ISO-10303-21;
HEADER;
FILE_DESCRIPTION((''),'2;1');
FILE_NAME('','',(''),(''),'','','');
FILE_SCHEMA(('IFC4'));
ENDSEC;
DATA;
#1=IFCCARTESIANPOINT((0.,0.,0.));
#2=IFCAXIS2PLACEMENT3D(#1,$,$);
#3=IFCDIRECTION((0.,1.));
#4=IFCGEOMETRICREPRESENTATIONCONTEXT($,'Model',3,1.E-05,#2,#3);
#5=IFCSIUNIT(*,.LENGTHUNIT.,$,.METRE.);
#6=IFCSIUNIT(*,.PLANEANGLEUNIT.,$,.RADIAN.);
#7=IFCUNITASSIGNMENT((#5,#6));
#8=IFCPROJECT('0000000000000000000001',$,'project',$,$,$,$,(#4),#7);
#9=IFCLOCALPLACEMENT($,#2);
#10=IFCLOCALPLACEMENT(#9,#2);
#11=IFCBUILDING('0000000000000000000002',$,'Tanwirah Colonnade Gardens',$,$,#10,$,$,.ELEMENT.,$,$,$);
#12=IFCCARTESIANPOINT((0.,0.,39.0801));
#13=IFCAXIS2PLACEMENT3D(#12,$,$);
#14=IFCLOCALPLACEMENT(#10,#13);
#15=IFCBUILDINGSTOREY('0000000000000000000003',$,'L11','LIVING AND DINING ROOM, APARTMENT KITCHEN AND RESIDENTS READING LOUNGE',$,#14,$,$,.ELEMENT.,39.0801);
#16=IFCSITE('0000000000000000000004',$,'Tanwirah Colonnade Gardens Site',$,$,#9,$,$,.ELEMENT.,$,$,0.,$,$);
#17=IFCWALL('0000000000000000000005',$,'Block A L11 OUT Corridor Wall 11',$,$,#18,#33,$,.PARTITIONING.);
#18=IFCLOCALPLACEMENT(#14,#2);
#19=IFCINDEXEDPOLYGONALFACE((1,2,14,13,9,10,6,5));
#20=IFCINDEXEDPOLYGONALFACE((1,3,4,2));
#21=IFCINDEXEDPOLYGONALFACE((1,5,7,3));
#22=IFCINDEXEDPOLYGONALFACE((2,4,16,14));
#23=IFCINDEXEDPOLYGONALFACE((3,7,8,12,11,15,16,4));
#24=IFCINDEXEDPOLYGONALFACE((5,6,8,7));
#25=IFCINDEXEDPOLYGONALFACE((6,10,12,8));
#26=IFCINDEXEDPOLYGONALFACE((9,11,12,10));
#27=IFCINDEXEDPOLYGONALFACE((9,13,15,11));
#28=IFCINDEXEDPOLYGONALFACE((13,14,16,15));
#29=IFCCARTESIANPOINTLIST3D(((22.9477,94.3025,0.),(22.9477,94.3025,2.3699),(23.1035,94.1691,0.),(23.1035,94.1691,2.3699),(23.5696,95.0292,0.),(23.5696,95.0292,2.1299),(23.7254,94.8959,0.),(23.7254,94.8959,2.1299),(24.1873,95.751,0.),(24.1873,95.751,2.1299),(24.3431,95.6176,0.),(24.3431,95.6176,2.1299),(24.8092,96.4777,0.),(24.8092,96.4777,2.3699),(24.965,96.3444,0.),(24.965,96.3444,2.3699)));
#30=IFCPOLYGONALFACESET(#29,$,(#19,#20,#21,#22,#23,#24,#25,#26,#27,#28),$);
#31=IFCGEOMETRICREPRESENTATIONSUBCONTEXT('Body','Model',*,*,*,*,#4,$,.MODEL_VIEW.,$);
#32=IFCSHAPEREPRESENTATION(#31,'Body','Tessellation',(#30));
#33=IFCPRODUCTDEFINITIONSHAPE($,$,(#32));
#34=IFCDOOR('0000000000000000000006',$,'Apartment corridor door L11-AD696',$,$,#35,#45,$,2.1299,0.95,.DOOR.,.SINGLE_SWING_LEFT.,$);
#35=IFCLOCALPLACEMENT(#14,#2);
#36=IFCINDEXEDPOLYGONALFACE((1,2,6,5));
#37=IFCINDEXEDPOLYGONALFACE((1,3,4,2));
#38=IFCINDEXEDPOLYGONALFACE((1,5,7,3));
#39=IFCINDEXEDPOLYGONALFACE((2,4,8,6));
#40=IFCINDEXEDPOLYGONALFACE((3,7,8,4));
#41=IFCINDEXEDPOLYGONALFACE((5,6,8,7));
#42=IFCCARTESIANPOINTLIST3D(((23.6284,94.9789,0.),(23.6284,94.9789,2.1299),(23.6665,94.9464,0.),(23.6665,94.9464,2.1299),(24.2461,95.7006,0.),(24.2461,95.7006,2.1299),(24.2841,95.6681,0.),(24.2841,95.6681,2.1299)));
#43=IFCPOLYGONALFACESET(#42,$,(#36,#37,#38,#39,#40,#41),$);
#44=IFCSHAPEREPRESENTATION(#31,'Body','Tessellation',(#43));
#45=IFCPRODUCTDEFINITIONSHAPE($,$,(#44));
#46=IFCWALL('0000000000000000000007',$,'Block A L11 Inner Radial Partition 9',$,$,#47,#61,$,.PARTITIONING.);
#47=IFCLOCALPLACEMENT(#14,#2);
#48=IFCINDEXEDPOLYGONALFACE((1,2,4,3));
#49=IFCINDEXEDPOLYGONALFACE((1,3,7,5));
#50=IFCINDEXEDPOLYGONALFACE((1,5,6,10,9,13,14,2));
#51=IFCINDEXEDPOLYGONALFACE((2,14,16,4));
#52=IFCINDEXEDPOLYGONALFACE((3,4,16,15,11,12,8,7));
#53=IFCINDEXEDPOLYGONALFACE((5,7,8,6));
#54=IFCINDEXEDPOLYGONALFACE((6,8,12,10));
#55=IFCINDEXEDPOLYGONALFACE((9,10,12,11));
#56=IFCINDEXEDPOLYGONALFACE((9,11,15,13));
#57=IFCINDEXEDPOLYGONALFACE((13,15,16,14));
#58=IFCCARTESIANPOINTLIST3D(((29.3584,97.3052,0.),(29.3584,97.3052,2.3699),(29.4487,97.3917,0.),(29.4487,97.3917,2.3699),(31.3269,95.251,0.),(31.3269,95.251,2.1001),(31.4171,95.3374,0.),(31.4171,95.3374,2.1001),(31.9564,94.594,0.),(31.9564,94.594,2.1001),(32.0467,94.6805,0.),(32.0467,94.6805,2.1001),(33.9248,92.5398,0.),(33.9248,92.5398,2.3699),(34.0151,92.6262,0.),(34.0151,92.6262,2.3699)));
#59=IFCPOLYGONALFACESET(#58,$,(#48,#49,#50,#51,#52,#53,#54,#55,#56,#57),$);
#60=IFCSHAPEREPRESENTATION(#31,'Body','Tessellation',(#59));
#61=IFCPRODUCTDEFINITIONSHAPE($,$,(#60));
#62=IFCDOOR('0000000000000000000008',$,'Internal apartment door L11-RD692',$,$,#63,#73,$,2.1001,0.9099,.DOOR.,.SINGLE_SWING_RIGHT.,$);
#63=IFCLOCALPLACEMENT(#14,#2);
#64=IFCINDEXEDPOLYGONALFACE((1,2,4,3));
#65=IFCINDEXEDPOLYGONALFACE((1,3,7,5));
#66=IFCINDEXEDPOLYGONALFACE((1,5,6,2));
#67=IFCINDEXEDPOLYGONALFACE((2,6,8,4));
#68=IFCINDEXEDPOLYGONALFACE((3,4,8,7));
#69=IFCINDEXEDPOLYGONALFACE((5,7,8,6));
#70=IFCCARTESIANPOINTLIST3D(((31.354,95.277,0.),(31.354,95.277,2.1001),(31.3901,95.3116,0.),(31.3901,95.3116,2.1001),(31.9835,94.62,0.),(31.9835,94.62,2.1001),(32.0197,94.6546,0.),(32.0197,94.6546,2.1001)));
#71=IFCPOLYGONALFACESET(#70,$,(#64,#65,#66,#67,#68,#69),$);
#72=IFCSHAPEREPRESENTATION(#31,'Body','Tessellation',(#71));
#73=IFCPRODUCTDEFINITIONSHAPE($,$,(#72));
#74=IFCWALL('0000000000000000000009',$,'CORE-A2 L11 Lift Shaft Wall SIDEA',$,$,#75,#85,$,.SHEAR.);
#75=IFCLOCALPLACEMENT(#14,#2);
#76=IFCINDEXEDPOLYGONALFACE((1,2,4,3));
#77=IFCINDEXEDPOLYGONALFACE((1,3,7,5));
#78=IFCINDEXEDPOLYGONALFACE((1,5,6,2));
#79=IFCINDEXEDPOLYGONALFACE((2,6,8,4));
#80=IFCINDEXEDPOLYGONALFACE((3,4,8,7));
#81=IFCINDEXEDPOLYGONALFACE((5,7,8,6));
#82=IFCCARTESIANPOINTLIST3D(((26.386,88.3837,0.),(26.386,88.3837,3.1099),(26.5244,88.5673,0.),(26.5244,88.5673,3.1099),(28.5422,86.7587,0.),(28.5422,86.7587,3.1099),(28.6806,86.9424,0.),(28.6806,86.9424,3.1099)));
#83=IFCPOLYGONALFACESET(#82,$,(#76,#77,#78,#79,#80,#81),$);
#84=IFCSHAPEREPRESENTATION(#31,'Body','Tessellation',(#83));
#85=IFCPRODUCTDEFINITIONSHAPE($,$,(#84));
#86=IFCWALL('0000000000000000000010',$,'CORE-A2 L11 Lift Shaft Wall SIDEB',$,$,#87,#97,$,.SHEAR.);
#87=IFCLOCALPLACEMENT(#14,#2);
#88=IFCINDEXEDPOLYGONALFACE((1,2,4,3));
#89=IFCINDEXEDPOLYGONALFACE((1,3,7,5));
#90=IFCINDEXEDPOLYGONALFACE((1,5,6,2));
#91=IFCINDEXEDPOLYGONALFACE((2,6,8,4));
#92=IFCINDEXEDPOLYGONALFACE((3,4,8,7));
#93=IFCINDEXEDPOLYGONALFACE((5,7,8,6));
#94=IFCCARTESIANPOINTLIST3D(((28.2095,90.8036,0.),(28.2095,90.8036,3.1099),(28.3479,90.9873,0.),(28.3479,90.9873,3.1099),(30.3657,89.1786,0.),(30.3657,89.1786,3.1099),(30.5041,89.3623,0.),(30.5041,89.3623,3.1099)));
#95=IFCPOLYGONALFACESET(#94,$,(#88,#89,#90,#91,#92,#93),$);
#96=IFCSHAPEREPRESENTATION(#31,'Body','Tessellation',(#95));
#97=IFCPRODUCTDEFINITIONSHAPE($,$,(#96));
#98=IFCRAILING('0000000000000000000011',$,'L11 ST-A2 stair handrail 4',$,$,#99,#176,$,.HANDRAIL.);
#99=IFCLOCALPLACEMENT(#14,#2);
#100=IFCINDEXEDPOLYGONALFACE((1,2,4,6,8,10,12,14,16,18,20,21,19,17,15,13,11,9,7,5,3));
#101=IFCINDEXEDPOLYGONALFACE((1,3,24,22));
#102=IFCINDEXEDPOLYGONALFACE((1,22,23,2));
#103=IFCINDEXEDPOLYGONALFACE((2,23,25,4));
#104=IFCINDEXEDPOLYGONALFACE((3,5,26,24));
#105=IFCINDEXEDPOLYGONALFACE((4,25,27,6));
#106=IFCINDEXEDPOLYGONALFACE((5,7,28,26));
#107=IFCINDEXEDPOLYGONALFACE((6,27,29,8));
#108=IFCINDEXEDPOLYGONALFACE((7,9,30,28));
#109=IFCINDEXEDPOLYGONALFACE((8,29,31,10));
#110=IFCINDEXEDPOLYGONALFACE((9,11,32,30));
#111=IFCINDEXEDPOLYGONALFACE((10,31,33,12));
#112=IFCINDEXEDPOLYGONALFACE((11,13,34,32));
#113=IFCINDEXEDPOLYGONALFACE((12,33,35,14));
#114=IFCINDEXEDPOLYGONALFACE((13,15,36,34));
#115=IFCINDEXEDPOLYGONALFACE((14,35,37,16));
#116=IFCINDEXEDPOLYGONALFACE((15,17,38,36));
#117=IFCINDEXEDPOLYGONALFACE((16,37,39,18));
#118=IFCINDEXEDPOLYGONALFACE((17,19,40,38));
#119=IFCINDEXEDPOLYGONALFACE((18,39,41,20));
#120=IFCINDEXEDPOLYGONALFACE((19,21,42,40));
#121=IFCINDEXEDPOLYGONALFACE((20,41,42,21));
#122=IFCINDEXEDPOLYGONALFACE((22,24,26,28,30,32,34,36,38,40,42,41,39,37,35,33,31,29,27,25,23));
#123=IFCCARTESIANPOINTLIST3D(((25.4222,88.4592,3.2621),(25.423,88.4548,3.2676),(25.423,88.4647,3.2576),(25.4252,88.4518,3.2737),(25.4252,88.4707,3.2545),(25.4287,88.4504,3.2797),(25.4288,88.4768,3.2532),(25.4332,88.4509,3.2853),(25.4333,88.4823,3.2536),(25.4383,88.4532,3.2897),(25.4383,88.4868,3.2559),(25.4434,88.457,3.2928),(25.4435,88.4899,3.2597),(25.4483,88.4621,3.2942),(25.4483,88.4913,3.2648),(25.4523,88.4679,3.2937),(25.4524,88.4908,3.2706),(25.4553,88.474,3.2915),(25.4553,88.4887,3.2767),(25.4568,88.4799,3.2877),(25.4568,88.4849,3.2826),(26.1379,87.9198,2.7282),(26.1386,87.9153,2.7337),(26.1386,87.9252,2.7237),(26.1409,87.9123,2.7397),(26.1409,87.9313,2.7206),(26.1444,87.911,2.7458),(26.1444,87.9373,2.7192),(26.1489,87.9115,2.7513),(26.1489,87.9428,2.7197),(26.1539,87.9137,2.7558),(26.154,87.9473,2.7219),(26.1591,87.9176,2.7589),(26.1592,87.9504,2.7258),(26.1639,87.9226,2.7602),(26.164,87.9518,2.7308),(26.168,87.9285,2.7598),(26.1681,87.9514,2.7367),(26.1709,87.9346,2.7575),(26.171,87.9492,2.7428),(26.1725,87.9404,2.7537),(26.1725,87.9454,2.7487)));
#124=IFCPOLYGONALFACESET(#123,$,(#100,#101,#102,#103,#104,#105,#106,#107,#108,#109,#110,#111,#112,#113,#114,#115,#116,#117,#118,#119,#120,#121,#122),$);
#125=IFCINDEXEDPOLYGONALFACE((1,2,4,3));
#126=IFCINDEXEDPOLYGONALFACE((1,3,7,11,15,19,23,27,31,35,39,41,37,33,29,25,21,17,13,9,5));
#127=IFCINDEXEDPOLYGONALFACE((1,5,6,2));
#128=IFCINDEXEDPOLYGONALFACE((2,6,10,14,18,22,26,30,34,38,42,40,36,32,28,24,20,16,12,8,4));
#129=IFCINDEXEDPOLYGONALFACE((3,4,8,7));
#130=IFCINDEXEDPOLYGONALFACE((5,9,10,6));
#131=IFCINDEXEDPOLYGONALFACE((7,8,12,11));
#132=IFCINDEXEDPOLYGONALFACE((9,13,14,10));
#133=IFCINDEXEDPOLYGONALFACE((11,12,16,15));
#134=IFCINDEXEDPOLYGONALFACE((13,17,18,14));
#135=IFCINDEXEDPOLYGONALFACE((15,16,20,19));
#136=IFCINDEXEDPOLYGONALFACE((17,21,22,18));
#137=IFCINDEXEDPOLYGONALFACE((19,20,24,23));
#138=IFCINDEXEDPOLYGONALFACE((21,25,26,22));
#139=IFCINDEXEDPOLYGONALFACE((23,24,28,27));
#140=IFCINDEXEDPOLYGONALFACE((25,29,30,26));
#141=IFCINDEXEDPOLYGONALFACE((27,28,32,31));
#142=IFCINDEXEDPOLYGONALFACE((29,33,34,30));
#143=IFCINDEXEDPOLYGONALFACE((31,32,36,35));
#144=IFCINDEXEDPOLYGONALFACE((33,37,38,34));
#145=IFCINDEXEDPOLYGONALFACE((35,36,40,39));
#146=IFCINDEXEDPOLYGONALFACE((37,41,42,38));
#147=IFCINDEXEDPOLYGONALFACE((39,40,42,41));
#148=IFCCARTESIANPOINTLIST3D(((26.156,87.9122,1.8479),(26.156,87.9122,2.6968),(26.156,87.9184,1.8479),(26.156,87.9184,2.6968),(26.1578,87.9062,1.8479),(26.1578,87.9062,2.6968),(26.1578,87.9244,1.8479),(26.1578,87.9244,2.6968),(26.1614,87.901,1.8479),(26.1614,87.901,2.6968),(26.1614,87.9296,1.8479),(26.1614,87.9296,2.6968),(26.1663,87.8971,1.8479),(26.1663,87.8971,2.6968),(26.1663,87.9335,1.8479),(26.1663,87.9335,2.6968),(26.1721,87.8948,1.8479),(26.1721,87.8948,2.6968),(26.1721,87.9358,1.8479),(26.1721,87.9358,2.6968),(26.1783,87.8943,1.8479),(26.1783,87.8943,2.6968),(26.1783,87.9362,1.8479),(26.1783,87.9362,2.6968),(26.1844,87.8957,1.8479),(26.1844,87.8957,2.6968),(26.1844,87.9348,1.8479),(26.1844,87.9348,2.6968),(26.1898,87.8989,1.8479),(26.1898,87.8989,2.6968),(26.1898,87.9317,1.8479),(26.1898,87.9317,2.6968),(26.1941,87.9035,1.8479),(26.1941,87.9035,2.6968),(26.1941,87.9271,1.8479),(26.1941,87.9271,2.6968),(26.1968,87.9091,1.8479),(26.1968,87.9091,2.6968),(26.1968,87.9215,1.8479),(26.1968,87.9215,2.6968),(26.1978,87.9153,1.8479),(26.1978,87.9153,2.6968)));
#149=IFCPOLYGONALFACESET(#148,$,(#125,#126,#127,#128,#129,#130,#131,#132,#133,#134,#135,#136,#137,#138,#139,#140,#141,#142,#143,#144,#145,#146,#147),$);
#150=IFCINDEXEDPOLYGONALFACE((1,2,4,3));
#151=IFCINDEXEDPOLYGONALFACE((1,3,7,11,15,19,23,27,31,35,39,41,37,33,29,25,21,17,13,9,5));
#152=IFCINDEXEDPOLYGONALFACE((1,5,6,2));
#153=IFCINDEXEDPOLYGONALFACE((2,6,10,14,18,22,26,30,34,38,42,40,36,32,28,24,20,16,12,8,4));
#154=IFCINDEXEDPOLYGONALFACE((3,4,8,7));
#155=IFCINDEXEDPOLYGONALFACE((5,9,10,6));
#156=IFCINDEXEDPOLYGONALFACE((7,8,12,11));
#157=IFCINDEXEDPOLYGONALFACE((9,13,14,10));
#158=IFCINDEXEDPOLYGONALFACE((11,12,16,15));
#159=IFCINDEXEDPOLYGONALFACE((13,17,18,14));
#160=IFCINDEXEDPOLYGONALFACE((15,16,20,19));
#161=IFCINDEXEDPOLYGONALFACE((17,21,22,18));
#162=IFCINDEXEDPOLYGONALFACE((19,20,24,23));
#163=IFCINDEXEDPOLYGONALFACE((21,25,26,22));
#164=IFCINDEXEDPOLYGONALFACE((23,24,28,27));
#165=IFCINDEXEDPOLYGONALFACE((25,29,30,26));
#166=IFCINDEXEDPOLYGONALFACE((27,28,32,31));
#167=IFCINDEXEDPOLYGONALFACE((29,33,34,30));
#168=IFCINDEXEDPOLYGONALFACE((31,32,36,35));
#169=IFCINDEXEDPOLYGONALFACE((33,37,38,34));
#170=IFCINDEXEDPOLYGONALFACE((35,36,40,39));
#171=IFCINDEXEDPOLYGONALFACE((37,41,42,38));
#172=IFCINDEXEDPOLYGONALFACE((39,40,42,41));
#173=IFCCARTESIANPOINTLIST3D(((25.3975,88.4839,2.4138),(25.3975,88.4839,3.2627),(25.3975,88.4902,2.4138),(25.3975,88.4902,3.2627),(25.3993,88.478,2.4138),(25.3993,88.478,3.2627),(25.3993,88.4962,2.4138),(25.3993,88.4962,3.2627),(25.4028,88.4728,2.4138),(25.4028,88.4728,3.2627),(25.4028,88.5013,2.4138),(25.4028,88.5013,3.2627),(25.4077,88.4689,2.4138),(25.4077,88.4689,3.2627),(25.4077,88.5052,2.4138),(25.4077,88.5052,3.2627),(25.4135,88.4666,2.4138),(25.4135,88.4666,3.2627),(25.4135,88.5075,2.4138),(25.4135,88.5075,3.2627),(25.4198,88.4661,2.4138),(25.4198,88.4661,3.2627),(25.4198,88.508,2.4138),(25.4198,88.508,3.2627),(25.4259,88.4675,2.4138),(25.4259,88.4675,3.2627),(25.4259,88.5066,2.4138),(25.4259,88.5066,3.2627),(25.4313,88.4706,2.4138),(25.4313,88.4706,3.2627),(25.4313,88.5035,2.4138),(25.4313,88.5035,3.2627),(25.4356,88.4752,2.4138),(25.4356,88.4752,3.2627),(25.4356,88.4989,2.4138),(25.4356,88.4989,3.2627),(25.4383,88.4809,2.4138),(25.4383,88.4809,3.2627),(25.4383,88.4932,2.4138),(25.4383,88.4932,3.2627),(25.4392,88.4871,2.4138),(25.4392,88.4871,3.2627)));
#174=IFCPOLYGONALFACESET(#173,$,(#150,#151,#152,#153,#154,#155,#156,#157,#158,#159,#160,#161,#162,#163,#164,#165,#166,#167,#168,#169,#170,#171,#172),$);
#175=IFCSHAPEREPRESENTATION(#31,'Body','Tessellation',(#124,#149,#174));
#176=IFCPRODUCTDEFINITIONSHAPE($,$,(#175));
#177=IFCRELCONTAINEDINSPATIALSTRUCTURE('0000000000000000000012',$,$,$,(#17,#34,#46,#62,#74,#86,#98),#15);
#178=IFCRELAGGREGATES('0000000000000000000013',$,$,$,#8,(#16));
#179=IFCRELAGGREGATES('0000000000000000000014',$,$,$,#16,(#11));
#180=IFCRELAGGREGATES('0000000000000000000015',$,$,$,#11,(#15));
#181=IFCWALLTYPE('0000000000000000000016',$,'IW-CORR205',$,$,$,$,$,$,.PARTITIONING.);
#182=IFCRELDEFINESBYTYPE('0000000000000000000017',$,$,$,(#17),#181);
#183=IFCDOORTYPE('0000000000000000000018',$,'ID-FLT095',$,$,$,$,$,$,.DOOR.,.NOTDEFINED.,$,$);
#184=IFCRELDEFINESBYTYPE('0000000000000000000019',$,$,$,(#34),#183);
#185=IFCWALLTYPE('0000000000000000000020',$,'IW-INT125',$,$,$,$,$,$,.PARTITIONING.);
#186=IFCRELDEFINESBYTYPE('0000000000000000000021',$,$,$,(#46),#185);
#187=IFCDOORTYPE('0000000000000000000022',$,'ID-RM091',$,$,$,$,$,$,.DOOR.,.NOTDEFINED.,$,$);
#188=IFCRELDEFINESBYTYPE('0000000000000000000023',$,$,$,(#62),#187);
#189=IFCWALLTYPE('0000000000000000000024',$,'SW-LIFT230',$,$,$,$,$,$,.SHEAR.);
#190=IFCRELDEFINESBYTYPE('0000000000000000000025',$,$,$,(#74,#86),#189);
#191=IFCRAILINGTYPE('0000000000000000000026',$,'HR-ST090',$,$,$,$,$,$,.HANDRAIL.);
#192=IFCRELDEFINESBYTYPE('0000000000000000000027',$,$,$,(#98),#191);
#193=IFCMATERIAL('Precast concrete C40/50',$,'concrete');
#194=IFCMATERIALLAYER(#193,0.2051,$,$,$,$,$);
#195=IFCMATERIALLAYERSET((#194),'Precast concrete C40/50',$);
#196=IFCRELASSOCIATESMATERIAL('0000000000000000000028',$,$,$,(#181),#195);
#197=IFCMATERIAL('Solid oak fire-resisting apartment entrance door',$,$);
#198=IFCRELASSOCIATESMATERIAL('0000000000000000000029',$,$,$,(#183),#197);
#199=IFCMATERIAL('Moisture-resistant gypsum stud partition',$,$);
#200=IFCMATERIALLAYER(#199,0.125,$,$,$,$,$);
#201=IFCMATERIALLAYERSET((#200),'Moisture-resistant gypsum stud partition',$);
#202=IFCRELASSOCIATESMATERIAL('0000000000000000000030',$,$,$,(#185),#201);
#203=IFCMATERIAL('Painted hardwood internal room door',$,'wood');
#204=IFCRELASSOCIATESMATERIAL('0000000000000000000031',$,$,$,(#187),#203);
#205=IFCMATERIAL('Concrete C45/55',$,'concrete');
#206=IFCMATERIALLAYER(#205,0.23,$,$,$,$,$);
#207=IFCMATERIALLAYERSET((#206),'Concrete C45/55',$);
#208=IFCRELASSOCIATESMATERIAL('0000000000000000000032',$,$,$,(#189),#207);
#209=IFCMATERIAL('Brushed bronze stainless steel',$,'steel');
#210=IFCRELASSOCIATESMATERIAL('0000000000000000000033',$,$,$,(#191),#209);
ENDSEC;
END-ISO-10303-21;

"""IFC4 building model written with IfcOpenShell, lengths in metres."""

from ifc_helpers import new_model, si_unit, direction, frame, frame_2d, origin, origin_2d, place, context, subcontext, project, spatial, rectangle, circle, extrude, material, layer, layer_set, type_object, element, fill, save


model = new_model("IFC4")

# Units and contexts
model_context = context("Model", 3, precision=1e-05, world=origin(), true_north=direction((0.0, 1.0)))
body_context = subcontext(model_context, "Body", "Model", "MODEL_VIEW")
ifc_project = project(units=[si_unit("LENGTHUNIT", "METRE"), si_unit("PLANEANGLEUNIT", "RADIAN")], contexts=[model_context])

# Site, building, storey
site_placement = place(None, origin())
site = spatial("IfcSite", under=ifc_project, at=site_placement, Name="Tanwirah Colonnade Gardens Site", CompositionType="ELEMENT", RefElevation=0.0)
building_placement = place(site_placement, origin())
building = spatial("IfcBuilding", under=site, at=building_placement, Name="Tanwirah Colonnade Gardens", CompositionType="ELEMENT")
storey_placement = place(building_placement, frame((0.0, 0.0, 39.0801)))
storey = spatial("IfcBuildingStorey", under=building, at=storey_placement, Name="L11", Description="LIVING AND DINING ROOM, APARTMENT KITCHEN AND RESIDENTS READING LOUNGE", CompositionType="ELEMENT", Elevation=39.0801)

# Shared definitions
ifc_material_1 = material(Name="Precast concrete C40/50", Category="concrete")

# Walls, openings, doors
ifc_layer_1 = layer(ifc_material_1, 0.2051)
ifc_layer_set_1 = layer_set([ifc_layer_1], Name="Precast concrete C40/50")
wall_type_1 = type_object("IfcWallType", Name="IW-CORR205", PredefinedType="PARTITIONING", material=ifc_layer_set_1)
wall_1_placement = place(storey_placement, frame((24.8872, 96.4111, 0.0), z_axis=(0.0, 0.0, 1.0), x_axis=(-0.650194, -0.759768, 0.0)))
wall_1 = element("IfcWall", 1, at=wall_1_placement, inside=storey, type_object=wall_type_1, Name="Block A L11 OUT Corridor Wall 11", PredefinedType="PARTITIONING", context=body_context, shape_type="SweptSolid", body=[
    extrude(rectangle(XDim=2.863, YDim=0.2051, at=frame_2d((1.4316, 0.0))), origin(), (0.0, 0.0, 1.0), 2.3699),
])
opening_1_placement = place(wall_1_placement, frame((0.9565, 0.0, 0.0)))
opening_1 = element("IfcOpeningElement", 2, at=opening_1_placement, cuts=wall_1, PredefinedType="OPENING", context=body_context, shape_type="SweptSolid", body=[
    extrude(rectangle(XDim=0.95, YDim=2.1299, at=frame_2d((0.4751, 1.0649))), frame((0.0, 0.1125, 0.0), z_axis=(0.0, -1.0, 0.0), x_axis=(1.0, 0.0, 0.0)), (0.0, 0.0, 1.0), 0.2251),
])
ifc_material_2 = material(Name="Solid oak fire-resisting apartment entrance door")
door_type_1 = type_object("IfcDoorType", Name="ID-FLT095", OperationType="NOTDEFINED", PredefinedType="DOOR", material=ifc_material_2)
door_1_placement = place(opening_1_placement, origin())
door_1 = element("IfcDoor", 3, at=door_1_placement, inside=storey, type_object=door_type_1, Name="Apartment corridor door L11-AD696", OperationType="SINGLE_SWING_LEFT", OverallHeight=2.1299, OverallWidth=0.95, PredefinedType="DOOR", context=body_context, shape_type="SweptSolid", body=[
    extrude(rectangle(XDim=0.95, YDim=2.1299, at=frame_2d((0.4751, 1.0649))), frame((0.0, 0.0249, 0.0), z_axis=(0.0, -1.0, 0.0), x_axis=(1.0, 0.0, 0.0)), (0.0, 0.0, 1.0), 0.05),
])
fill(opening_1, door_1)
ifc_material_3 = material(Name="Moisture-resistant gypsum stud partition")
ifc_layer_2 = layer(ifc_material_3, 0.125)
ifc_layer_set_2 = layer_set([ifc_layer_2], Name="Moisture-resistant gypsum stud partition")
wall_type_2 = type_object("IfcWallType", Name="IW-INT125", PredefinedType="PARTITIONING", material=ifc_layer_set_2)
wall_2_placement = place(storey_placement, frame((33.97, 92.583, 0.0), z_axis=(0.0, 0.0, 1.0), x_axis=(-0.691872, 0.72202, 0.0)))
wall_2 = element("IfcWall", 4, at=wall_2_placement, inside=storey, type_object=wall_type_2, Name="Block A L11 Inner Radial Partition 9", PredefinedType="PARTITIONING", context=body_context, shape_type="SweptSolid", body=[
    extrude(rectangle(XDim=6.6001, YDim=0.125, at=frame_2d((3.3, 0.0))), origin(), (0.0, 0.0, 1.0), 2.3699),
])
opening_2_placement = place(wall_2_placement, frame((2.845, 0.0, 0.0)))
opening_2 = element("IfcOpeningElement", 5, at=opening_2_placement, cuts=wall_2, PredefinedType="OPENING", context=body_context, shape_type="SweptSolid", body=[
    extrude(rectangle(XDim=0.9099, YDim=2.1001, at=frame_2d((0.4551, 1.05))), frame((0.0, 0.0725, 0.0), z_axis=(0.0, -1.0, 0.0), x_axis=(1.0, 0.0, 0.0)), (0.0, 0.0, 1.0), 0.145),
])
ifc_material_4 = material(Name="Painted hardwood internal room door", Category="wood")
door_type_2 = type_object("IfcDoorType", Name="ID-RM091", OperationType="NOTDEFINED", PredefinedType="DOOR", material=ifc_material_4)
door_2_placement = place(opening_2_placement, origin())
door_2 = element("IfcDoor", 6, at=door_2_placement, inside=storey, type_object=door_type_2, Name="Internal apartment door L11-RD692", OperationType="SINGLE_SWING_RIGHT", OverallHeight=2.1001, OverallWidth=0.9099, PredefinedType="DOOR", context=body_context, shape_type="SweptSolid", body=[
    extrude(rectangle(XDim=0.9099, YDim=2.1001, at=frame_2d((0.4551, 1.05))), frame((0.0, 0.0249, 0.0), z_axis=(0.0, -1.0, 0.0), x_axis=(1.0, 0.0, 0.0)), (0.0, 0.0, 1.0), 0.05),
])
fill(opening_2, door_2)
ifc_material_5 = material(Name="Concrete C45/55", Category="concrete")
ifc_layer_3 = layer(ifc_material_5, 0.23)
ifc_layer_set_3 = layer_set([ifc_layer_3], Name="Concrete C45/55")
wall_type_3 = type_object("IfcWallType", Name="SW-LIFT230", PredefinedType="SHEAR", material=ifc_layer_set_3)

# Walls
for number, where, z_axis, x_axis, name in (
    (7, (26.4551, 88.4756, 0.0), (0.0, 0.0, 1.0), (0.798609, -0.60185, 0.0), "CORE-A2 L11 Lift Shaft Wall SIDEA"),
    (8, (28.2786, 90.8955, 0.0), (0.0, 0.0, 1.0), (0.798609, -0.60185, 0.0), "CORE-A2 L11 Lift Shaft Wall SIDEB"),
):
    element("IfcWall", number, at=place(storey_placement, frame(where, z_axis=z_axis, x_axis=x_axis)), inside=storey, type_object=wall_type_3, Name=name, PredefinedType="SHEAR", context=body_context, shape_type="SweptSolid", body=[
        extrude(rectangle(XDim=2.7, YDim=0.23, at=frame_2d((1.3501, 0.0))), origin(), (0.0, 0.0, 1.0), 3.1099),
    ])

# Railing
ifc_material_6 = material(Name="Brushed bronze stainless steel", Category="steel")
railing_type = type_object("IfcRailingType", Name="HR-ST090", PredefinedType="HANDRAIL", material=ifc_material_6)
railing_1_placement = place(storey_placement, frame((26.1768, 87.9153, 1.8479)))
element("IfcRailing", 9, at=railing_1_placement, inside=storey, type_object=railing_type, Name="L11 ST-A2 stair handrail 4", PredefinedType="HANDRAIL", context=body_context, shape_type="SweptSolid", body=[
    extrude(circle(Radius=0.0239, at=origin_2d()), frame((-0.0215, 0.0161, 0.8918), z_axis=(-0.686028, 0.517116, 0.511817), x_axis=(-0.601931, -0.798548, 0.0)), (0.0, 0.0, 1.0), 1.0432),
    extrude(circle(Radius=0.021, at=origin_2d()), origin(), (0.0, 0.0, 1.0), 0.8489),
    extrude(circle(Radius=0.021, at=origin_2d()), frame((-0.7585, 0.5718, 0.5659)), (0.0, 0.0, 1.0), 0.8489),
])

save(model, "model.ifc")
